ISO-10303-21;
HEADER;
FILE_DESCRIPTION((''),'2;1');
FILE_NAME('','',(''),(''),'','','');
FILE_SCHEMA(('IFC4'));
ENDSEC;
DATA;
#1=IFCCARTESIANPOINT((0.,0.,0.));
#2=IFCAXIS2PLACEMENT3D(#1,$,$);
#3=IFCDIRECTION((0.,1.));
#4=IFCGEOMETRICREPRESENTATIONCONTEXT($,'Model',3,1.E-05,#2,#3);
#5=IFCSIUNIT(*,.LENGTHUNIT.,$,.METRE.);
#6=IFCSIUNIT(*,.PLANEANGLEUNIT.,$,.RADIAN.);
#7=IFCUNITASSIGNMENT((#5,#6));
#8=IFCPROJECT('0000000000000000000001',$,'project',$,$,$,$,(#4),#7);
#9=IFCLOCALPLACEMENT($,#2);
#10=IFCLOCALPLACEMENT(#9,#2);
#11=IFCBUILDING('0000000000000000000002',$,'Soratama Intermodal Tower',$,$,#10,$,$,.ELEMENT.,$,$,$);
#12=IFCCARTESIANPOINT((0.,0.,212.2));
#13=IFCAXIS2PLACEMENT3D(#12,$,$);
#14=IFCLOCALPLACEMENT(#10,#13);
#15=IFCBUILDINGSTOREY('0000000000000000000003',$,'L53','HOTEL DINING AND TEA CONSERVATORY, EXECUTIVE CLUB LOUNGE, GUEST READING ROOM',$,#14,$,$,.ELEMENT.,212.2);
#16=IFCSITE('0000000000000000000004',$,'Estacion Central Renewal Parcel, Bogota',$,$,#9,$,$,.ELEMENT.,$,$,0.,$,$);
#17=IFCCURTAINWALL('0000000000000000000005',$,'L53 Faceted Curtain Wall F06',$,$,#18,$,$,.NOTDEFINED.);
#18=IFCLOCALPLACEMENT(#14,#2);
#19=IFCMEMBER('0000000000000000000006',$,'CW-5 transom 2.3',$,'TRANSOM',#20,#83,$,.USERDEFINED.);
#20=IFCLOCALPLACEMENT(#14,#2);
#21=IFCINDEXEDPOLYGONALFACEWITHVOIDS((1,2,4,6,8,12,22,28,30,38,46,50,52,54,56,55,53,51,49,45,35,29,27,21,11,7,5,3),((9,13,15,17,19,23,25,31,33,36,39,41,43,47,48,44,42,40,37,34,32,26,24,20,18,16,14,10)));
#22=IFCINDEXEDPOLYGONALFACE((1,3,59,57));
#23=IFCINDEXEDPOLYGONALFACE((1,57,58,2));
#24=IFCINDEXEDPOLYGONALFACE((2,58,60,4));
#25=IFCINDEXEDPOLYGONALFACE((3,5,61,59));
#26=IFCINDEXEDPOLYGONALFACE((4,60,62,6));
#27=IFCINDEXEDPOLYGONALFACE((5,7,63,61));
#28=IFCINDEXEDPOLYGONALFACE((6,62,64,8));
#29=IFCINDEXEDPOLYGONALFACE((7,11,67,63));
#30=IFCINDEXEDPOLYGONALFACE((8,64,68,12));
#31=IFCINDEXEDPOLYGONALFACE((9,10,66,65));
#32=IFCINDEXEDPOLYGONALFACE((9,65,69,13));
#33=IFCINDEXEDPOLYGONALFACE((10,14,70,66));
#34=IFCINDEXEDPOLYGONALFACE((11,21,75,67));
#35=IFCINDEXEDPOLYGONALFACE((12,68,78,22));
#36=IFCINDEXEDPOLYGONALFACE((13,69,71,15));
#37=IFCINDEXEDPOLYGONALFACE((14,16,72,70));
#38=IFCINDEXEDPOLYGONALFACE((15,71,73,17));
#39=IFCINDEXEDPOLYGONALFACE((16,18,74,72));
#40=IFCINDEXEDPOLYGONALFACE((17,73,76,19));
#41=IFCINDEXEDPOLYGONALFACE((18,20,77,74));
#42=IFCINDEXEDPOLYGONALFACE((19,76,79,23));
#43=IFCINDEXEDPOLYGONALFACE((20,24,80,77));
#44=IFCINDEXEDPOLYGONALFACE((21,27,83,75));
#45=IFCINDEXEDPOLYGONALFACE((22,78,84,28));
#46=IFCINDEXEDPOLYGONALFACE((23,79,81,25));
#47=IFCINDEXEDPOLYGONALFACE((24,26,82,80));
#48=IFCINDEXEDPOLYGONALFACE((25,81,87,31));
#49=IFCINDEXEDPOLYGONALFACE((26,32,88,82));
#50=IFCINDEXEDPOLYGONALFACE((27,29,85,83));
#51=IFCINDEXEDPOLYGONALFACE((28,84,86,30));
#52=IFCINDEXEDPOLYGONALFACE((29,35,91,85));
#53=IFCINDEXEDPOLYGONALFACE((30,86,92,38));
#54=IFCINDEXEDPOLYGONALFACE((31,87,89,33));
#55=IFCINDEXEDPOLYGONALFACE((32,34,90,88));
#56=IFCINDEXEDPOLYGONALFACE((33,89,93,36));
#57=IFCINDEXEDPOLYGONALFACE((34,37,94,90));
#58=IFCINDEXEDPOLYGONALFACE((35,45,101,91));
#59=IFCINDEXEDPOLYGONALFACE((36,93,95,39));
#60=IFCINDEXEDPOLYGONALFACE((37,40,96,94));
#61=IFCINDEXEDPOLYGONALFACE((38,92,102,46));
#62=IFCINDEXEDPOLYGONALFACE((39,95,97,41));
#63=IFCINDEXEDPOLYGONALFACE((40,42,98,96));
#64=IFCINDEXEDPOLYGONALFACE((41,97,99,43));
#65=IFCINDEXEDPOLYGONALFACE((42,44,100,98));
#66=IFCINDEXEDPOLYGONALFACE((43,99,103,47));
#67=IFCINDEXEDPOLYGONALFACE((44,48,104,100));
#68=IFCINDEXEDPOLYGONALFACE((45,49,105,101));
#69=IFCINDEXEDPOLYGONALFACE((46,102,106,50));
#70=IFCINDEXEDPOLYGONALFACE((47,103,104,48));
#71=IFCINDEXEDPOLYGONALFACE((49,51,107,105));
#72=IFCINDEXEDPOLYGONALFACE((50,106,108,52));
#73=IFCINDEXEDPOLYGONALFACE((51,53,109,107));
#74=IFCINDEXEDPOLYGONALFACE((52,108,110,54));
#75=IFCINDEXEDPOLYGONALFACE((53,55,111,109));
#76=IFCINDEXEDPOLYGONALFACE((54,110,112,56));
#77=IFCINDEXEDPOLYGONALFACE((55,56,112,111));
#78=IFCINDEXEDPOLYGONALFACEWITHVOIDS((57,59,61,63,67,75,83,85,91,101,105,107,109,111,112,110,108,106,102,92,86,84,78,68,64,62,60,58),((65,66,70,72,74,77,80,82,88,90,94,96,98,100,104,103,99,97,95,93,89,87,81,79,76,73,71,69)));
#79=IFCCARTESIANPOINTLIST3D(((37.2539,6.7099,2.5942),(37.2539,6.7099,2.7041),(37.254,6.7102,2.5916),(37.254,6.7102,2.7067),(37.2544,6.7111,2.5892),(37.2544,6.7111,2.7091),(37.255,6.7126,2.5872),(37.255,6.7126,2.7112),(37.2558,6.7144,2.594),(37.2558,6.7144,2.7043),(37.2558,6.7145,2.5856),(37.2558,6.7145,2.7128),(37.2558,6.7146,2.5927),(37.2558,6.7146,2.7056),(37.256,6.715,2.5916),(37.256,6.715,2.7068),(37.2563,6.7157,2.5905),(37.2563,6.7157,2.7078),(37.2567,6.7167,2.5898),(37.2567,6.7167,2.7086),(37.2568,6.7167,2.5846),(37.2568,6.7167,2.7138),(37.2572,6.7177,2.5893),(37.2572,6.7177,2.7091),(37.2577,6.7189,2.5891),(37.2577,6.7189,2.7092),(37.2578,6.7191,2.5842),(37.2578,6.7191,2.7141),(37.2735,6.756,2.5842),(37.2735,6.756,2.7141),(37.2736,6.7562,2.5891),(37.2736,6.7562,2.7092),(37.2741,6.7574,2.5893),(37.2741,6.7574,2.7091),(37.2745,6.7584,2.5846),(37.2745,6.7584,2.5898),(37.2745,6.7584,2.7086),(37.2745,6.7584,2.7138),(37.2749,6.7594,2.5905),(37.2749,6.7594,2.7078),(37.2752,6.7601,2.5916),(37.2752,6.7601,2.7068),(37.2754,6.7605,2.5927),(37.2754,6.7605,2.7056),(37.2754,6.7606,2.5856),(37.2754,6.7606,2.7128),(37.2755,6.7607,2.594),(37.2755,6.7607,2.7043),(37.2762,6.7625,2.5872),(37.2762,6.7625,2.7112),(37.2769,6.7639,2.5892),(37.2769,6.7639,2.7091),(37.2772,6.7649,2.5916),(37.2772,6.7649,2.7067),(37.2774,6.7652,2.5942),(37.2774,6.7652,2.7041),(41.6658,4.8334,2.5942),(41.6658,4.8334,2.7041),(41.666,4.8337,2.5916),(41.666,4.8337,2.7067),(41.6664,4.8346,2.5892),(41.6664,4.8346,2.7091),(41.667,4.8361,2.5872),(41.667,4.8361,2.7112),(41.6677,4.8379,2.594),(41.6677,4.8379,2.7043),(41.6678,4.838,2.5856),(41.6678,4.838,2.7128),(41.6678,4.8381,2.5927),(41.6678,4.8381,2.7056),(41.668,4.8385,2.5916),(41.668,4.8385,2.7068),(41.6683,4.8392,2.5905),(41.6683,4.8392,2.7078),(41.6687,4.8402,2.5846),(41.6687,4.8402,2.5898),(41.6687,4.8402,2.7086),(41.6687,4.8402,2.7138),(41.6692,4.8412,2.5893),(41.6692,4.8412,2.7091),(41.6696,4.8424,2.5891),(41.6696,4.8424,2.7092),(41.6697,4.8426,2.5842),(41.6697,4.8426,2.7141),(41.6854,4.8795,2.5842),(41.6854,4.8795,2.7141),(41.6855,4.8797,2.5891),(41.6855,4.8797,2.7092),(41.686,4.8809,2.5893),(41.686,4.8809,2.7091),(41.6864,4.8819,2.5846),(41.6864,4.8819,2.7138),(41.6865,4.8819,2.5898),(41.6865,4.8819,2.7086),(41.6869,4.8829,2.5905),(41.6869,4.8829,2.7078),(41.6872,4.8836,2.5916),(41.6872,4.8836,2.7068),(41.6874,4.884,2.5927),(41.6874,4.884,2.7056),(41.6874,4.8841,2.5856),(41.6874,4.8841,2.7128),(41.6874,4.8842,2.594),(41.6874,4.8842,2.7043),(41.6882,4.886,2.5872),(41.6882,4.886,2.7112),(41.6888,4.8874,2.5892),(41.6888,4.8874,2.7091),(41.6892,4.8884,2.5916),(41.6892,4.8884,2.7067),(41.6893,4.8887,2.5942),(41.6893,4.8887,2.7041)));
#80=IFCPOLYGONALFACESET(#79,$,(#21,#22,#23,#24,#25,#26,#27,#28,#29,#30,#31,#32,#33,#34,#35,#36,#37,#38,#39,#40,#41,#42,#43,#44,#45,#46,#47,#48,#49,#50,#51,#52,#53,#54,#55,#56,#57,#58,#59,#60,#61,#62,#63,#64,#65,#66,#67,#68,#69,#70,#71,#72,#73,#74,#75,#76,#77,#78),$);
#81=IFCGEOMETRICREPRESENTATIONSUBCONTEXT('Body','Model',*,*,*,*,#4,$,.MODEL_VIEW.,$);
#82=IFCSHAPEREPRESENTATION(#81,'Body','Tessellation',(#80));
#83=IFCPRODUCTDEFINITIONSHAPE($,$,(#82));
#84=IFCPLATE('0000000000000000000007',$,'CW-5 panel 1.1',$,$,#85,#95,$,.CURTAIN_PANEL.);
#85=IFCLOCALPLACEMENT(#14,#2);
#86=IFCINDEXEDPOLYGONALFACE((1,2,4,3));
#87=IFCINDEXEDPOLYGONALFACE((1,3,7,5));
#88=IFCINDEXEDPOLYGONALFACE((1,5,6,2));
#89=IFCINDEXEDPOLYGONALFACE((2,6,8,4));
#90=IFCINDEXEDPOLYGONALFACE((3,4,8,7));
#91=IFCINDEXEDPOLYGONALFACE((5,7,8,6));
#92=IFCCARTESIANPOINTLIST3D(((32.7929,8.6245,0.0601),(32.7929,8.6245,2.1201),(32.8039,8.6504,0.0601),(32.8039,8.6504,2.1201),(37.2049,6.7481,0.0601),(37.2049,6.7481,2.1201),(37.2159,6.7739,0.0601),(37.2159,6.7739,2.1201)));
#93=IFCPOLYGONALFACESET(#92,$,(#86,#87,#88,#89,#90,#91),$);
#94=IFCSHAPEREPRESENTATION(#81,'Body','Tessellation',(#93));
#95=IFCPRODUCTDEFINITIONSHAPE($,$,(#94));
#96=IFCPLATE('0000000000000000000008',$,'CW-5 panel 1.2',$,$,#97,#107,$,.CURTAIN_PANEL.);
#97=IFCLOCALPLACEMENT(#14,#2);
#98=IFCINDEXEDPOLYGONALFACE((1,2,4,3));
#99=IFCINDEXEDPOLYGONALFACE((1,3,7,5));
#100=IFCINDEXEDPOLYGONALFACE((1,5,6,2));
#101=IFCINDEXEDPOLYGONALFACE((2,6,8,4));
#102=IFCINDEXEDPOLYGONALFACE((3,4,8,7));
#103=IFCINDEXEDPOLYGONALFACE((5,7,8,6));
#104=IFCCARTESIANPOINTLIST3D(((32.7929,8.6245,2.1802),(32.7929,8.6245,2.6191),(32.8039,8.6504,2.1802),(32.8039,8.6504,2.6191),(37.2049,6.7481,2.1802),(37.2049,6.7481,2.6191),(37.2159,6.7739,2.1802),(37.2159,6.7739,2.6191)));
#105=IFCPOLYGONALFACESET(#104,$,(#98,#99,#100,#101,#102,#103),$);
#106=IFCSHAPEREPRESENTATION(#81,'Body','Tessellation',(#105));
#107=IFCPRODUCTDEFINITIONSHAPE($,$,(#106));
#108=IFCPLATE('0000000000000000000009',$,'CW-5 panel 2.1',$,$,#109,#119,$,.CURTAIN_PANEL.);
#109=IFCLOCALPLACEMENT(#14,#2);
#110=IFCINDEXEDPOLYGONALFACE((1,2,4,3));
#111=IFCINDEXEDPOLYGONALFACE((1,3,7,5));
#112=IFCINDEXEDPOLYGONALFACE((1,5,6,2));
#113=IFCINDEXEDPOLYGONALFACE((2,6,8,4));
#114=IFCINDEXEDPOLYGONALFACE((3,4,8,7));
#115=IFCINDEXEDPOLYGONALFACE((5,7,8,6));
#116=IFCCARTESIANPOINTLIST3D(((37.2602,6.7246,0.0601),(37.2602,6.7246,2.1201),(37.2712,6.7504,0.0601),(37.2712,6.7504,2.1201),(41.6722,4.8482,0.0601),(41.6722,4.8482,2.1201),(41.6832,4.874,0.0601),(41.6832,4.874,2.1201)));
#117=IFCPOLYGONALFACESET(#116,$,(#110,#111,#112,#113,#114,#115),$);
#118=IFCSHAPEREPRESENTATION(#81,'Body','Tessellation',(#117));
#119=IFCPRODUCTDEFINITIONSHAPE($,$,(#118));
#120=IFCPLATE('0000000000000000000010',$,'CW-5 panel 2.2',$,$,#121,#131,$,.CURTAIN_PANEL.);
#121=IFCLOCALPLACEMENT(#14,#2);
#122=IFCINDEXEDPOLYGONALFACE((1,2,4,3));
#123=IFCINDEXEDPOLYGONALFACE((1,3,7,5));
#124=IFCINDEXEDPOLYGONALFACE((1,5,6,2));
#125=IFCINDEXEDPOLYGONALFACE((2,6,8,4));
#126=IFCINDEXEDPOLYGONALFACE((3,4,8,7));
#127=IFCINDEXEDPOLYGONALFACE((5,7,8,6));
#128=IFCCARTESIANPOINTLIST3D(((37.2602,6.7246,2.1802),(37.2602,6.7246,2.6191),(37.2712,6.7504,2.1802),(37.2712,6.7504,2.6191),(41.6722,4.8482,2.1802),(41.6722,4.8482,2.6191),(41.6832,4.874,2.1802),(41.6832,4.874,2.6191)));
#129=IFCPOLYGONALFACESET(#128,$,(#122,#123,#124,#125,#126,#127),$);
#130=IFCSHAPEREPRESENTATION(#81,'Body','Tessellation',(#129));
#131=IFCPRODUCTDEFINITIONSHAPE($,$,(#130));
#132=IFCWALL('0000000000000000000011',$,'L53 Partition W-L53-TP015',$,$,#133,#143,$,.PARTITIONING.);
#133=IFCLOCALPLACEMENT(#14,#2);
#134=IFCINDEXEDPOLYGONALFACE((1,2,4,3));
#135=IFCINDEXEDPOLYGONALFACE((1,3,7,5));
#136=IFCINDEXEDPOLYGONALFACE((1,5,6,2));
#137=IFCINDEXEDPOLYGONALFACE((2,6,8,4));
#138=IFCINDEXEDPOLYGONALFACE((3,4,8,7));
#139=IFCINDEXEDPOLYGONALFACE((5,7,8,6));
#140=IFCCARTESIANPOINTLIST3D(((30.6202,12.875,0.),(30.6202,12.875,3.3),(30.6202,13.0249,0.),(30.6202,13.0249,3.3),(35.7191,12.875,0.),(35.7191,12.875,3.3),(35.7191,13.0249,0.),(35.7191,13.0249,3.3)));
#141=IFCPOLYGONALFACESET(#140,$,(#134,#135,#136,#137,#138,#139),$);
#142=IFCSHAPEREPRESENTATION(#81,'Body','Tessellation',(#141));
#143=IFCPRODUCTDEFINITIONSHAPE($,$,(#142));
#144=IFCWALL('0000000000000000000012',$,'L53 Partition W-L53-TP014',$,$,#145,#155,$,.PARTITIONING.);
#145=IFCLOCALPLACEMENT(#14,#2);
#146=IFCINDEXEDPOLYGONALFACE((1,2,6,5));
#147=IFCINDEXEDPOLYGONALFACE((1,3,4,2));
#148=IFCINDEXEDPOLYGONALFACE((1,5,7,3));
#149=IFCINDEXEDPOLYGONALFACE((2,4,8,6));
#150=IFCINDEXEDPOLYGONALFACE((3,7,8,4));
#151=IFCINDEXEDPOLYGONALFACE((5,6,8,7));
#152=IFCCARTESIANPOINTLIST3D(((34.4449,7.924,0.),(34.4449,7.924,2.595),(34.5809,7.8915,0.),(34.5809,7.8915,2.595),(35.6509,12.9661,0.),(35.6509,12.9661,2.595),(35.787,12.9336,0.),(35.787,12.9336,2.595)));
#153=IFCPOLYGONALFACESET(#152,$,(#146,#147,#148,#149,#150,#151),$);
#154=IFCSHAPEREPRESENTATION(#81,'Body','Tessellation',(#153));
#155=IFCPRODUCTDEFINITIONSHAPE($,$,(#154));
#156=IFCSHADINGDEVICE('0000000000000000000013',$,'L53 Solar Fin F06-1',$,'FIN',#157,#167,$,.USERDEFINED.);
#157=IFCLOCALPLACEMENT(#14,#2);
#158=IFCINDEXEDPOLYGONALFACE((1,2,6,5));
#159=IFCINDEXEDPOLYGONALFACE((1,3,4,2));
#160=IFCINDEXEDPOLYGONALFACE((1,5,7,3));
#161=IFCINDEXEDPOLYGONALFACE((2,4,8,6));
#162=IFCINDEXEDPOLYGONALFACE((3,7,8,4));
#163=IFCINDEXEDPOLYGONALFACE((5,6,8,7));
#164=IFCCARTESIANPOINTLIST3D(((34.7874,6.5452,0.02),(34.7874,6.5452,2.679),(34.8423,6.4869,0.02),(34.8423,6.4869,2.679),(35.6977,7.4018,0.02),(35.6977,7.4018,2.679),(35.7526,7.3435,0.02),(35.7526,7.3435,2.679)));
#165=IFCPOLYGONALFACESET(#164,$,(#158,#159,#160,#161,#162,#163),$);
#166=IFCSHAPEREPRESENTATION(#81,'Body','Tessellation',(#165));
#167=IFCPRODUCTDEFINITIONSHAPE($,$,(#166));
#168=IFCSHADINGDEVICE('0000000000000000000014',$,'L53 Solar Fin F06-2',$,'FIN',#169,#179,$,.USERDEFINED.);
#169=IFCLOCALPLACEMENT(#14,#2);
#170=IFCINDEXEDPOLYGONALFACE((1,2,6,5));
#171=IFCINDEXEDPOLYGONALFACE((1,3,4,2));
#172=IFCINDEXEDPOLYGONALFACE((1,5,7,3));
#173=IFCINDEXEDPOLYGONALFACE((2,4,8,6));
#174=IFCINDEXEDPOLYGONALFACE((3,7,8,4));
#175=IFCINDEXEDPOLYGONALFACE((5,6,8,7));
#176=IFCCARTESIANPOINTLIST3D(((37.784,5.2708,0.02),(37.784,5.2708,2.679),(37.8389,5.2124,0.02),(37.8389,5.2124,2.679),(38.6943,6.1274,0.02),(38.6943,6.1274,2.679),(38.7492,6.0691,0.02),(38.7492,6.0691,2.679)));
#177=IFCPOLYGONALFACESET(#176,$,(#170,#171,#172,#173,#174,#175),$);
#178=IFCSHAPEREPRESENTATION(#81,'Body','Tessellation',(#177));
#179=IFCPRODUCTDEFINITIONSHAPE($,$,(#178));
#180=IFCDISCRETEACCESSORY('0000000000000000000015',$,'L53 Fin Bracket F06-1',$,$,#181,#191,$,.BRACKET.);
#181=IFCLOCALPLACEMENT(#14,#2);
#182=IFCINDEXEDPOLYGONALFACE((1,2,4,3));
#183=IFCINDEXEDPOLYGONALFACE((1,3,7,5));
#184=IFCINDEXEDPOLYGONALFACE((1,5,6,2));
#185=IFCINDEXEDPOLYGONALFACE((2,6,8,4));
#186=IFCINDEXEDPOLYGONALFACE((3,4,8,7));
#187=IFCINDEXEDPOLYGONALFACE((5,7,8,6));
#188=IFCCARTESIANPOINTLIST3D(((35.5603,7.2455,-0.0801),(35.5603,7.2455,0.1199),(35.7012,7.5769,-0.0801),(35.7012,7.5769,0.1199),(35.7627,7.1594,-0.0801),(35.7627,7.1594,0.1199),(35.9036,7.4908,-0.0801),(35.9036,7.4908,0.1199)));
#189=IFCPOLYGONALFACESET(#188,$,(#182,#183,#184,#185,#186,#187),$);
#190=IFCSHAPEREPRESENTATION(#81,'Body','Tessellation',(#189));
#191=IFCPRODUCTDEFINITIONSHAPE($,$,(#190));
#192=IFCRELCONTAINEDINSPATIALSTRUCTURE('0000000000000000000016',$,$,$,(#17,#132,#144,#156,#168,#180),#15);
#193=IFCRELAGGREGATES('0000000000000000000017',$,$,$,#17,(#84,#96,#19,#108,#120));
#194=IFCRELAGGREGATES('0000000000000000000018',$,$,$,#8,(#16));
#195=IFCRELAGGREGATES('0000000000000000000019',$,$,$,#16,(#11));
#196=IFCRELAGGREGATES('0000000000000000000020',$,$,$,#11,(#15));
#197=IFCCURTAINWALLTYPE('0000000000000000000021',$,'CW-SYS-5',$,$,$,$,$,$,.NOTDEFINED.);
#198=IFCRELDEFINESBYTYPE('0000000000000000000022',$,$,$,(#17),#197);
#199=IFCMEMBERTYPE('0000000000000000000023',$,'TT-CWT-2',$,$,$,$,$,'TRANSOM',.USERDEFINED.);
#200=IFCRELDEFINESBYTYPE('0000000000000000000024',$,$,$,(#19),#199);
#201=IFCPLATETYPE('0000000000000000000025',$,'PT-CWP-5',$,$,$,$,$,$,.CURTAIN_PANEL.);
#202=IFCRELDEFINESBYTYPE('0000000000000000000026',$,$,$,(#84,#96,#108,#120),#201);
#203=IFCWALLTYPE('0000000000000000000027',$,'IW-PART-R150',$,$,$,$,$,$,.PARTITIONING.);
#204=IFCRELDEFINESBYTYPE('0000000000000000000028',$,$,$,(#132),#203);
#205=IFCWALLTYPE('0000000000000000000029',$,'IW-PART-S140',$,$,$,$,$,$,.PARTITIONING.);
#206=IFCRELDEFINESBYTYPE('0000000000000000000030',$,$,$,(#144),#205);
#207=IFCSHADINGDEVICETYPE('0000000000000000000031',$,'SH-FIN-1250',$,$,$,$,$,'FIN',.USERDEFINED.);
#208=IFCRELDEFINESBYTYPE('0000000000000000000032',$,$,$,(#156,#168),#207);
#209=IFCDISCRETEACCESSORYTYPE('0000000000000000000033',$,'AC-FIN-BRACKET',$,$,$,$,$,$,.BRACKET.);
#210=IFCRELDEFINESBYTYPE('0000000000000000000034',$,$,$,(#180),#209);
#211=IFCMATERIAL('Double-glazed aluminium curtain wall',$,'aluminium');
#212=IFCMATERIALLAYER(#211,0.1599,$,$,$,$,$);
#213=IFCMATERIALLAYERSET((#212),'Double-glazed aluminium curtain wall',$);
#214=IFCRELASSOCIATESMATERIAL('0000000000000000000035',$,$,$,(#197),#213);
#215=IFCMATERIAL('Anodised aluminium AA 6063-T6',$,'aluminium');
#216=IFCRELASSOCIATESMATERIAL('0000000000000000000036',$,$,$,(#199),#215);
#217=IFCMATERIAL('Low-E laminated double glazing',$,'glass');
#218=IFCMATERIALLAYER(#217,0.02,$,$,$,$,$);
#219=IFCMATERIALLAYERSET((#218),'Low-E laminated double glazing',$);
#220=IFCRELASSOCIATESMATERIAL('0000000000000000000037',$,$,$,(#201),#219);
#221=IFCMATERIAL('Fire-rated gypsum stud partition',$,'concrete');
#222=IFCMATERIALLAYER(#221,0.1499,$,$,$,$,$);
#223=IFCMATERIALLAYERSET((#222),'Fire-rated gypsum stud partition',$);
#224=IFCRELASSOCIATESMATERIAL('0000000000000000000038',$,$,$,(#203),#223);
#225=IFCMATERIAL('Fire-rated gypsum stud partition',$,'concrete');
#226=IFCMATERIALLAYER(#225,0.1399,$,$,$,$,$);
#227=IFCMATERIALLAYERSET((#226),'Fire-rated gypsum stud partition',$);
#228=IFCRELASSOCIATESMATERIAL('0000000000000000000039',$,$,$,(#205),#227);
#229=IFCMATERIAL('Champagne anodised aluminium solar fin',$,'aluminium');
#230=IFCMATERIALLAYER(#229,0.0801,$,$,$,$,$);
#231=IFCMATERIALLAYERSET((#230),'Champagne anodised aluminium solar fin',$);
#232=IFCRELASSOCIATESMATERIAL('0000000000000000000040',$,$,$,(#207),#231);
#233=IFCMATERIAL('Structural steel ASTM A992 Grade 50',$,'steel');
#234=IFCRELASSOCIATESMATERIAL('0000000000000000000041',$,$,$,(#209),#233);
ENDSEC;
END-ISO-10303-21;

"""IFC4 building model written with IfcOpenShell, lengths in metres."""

from ifc_helpers import new_model, si_unit, direction, frame, frame_2d, origin, origin_2d, place, context, subcontext, project, spatial, rectangle, hollow_rectangle, extrude, material, layer, layer_set, material_profile, profile_set, type_object, element, aggregate, save


model = new_model("IFC4")

# Units and contexts
model_context = context("Model", 3, precision=1e-05, world=origin(), true_north=direction((0.0, 1.0)))
body_context = subcontext(model_context, "Body", "Model", "MODEL_VIEW")
ifc_project = project(units=[si_unit("LENGTHUNIT", "METRE"), si_unit("PLANEANGLEUNIT", "RADIAN")], contexts=[model_context])

# Site, building, storey
site_placement = place(None, origin())
site = spatial("IfcSite", under=ifc_project, at=site_placement, Name="Estacion Central Renewal Parcel, Bogota", CompositionType="ELEMENT", RefElevation=0.0)
building_placement = place(site_placement, origin())
building = spatial("IfcBuilding", under=site, at=building_placement, Name="Soratama Intermodal Tower", CompositionType="ELEMENT")
storey_placement = place(building_placement, frame((0.0, 0.0, 212.2)))
storey = spatial("IfcBuildingStorey", under=building, at=storey_placement, Name="L53", Description="HOTEL DINING AND TEA CONSERVATORY, EXECUTIVE CLUB LOUNGE, GUEST READING ROOM", CompositionType="ELEMENT", Elevation=212.2)

# Curtain wall, member, plates
ifc_material_1 = material(Name="Double-glazed aluminium curtain wall", Category="aluminium")
ifc_layer_1 = layer(ifc_material_1, 0.1599)
ifc_layer_set_1 = layer_set([ifc_layer_1], Name="Double-glazed aluminium curtain wall")
curtain_wall_type = type_object("IfcCurtainWallType", Name="CW-SYS-5", PredefinedType="NOTDEFINED", material=ifc_layer_set_1)
curtain_wall_placement = place(storey_placement, origin())
curtain_wall = element("IfcCurtainWall", 1, at=curtain_wall_placement, inside=storey, type_object=curtain_wall_type, Name="L53 Faceted Curtain Wall F06", PredefinedType="NOTDEFINED")
ifc_material_2 = material(Name="Anodised aluminium AA 6063-T6", Category="aluminium")
ifc_material_profile_1 = material_profile(ifc_material_2, hollow_rectangle(XDim=0.0601, YDim=0.1299, WallThickness=0.0049, InnerFilletRadius=0.0049, OuterFilletRadius=0.01, at=origin_2d()), Name="CWT130X60X5")
ifc_profile_set_1 = profile_set([ifc_material_profile_1], Name="Anodised aluminium AA 6063-T6")
member_type_1 = type_object("IfcMemberType", Name="TT-CWT-2", ElementType="TRANSOM", PredefinedType="USERDEFINED", material=ifc_profile_set_1)
member_1_placement = place(storey_placement, frame((37.2656, 6.7375, 2.6492), z_axis=(0.920224, -0.391392, 0.0), x_axis=(0.391392, 0.920224, 0.0)))
member_1 = element("IfcMember", 2, at=member_1_placement, type_object=member_type_1, Name="CW-5 transom 2.3", ObjectType="TRANSOM", PredefinedType="USERDEFINED", context=body_context, shape_type="SweptSolid", body=[
    extrude(hollow_rectangle(XDim=0.0601, YDim=0.1299, WallThickness=0.0049, InnerFilletRadius=0.0049, OuterFilletRadius=0.01, at=origin_2d()), origin(), (0.0, 0.0, 1.0), 4.7944),
])
ifc_material_3 = material(Name="Low-E laminated double glazing", Category="glass")
ifc_layer_2 = layer(ifc_material_3, 0.02)
ifc_layer_set_2 = layer_set([ifc_layer_2], Name="Low-E laminated double glazing")
plate_type = type_object("IfcPlateType", Name="PT-CWP-5", PredefinedType="CURTAIN_PANEL", material=ifc_layer_set_2)
plate_1_placement = place(storey_placement, frame((35.0044, 7.6992, 0.0601), z_axis=(0.0, 0.0, 1.0), x_axis=(0.920231, -0.391376, 0.0)))
plate_1 = element("IfcPlate", 3, at=plate_1_placement, type_object=plate_type, Name="CW-5 panel 1.1", PredefinedType="CURTAIN_PANEL", context=body_context, shape_type="SweptSolid", body=[
    extrude(rectangle(XDim=4.7944, YDim=0.0281, at=origin_2d()), origin(), (0.0, 0.0, 1.0), 2.0601),
])
plate_2_placement = place(storey_placement, frame((35.0044, 7.6992, 2.1802), z_axis=(0.0, 0.0, 1.0), x_axis=(0.920231, -0.391376, 0.0)))
plate_2 = element("IfcPlate", 4, at=plate_2_placement, type_object=plate_type, Name="CW-5 panel 1.2", PredefinedType="CURTAIN_PANEL", context=body_context, shape_type="SweptSolid", body=[
    extrude(rectangle(XDim=4.7944, YDim=0.0281, at=origin_2d()), origin(), (0.0, 0.0, 1.0), 0.439),
])
plate_3_placement = place(storey_placement, frame((39.4717, 5.7993, 0.0601), z_axis=(0.0, 0.0, 1.0), x_axis=(0.920231, -0.391376, 0.0)))
plate_3 = element("IfcPlate", 5, at=plate_3_placement, type_object=plate_type, Name="CW-5 panel 2.1", PredefinedType="CURTAIN_PANEL", context=body_context, shape_type="SweptSolid", body=[
    extrude(rectangle(XDim=4.7944, YDim=0.0281, at=origin_2d()), origin(), (0.0, 0.0, 1.0), 2.0601),
])
plate_4_placement = place(storey_placement, frame((39.4717, 5.7993, 2.1802), z_axis=(0.0, 0.0, 1.0), x_axis=(0.920231, -0.391376, 0.0)))
plate_4 = element("IfcPlate", 6, at=plate_4_placement, type_object=plate_type, Name="CW-5 panel 2.2", PredefinedType="CURTAIN_PANEL", context=body_context, shape_type="SweptSolid", body=[
    extrude(rectangle(XDim=4.7944, YDim=0.0281, at=origin_2d()), origin(), (0.0, 0.0, 1.0), 0.439),
])
aggregate(curtain_wall, [plate_1, plate_2, member_1, plate_3, plate_4])

# Walls
ifc_material_4 = material(Name="Fire-rated gypsum stud partition", Category="concrete")
ifc_layer_3 = layer(ifc_material_4, 0.1499)
ifc_layer_set_3 = layer_set([ifc_layer_3], Name="Fire-rated gypsum stud partition")
wall_type_1 = type_object("IfcWallType", Name="IW-PART-R150", PredefinedType="PARTITIONING", material=ifc_layer_set_3)
wall_1_placement = place(storey_placement, frame((35.719, 12.95, 0.0), z_axis=(0.0, 0.0, 1.0), x_axis=(-1.0, 0.0, 0.0)))
element("IfcWall", 7, at=wall_1_placement, inside=storey, type_object=wall_type_1, Name="L53 Partition W-L53-TP015", PredefinedType="PARTITIONING", context=body_context, shape_type="SweptSolid", body=[
    extrude(rectangle(XDim=5.0989, YDim=0.1499, at=frame_2d((2.5493, 0.0))), origin(), (0.0, 0.0, 1.0), 3.3),
])
ifc_material_5 = material(Name="Fire-rated gypsum stud partition", Category="concrete")
ifc_layer_4 = layer(ifc_material_5, 0.1399)
ifc_layer_set_4 = layer_set([ifc_layer_4], Name="Fire-rated gypsum stud partition")
wall_type_2 = type_object("IfcWallType", Name="IW-PART-S140", PredefinedType="PARTITIONING", material=ifc_layer_set_4)
wall_2_placement = place(storey_placement, frame((35.719, 12.95, 0.0), z_axis=(0.0, 0.0, 1.0), x_axis=(-0.232639, -0.972563, 0.0)))
element("IfcWall", 8, at=wall_2_placement, inside=storey, type_object=wall_type_2, Name="L53 Partition W-L53-TP014", PredefinedType="PARTITIONING", context=body_context, shape_type="SweptSolid", body=[
    extrude(rectangle(XDim=5.1843, YDim=0.1399, at=frame_2d((2.5923, 0.0))), origin(), (0.0, 0.0, 1.0), 2.595),
])

# Shading devices
ifc_material_6 = material(Name="Champagne anodised aluminium solar fin", Category="aluminium")
ifc_layer_5 = layer(ifc_material_6, 0.0801)
ifc_layer_set_5 = layer_set([ifc_layer_5], Name="Champagne anodised aluminium solar fin")
shading_device_type = type_object("IfcShadingDeviceType", Name="SH-FIN-1250", ElementType="FIN", PredefinedType="USERDEFINED", material=ifc_layer_set_5)
for number, where, z_axis, x_axis, name in (
    (9, (35.27, 6.9443, 0.02), (0.0, 0.0, 1.0), (-0.728251, -0.68531, 0.0), "L53 Solar Fin F06-1"),
    (10, (38.2666, 5.6699, 0.02), (0.0, 0.0, 1.0), (-0.728251, -0.68531, 0.0), "L53 Solar Fin F06-2"),
):
    element("IfcShadingDevice", number, at=place(storey_placement, frame(where, z_axis=z_axis, x_axis=x_axis)), inside=storey, type_object=shading_device_type, Name=name, ObjectType="FIN", PredefinedType="USERDEFINED", context=body_context, shape_type="SweptSolid", body=[
        extrude(rectangle(XDim=1.25, YDim=0.0801, at=origin_2d()), origin(), (0.0, 0.0, 1.0), 2.6589),
    ])

# Discrete accessory
ifc_material_7 = material(Name="Structural steel ASTM A992 Grade 50", Category="steel")
discrete_accessory_type = type_object("IfcDiscreteAccessoryType", Name="AC-FIN-BRACKET", PredefinedType="BRACKET", material=ifc_material_7)
for number, where, z_axis, x_axis, name in (
    (11, (35.7319, 7.3682, -0.0801), (0.0, 0.0, 1.0), (-0.391374, -0.920232, 0.0), "L53 Fin Bracket F06-1"),
):
    element("IfcDiscreteAccessory", number, at=place(storey_placement, frame(where, z_axis=z_axis, x_axis=x_axis)), inside=storey, type_object=discrete_accessory_type, Name=name, PredefinedType="BRACKET", context=body_context, shape_type="SweptSolid", body=[
        extrude(rectangle(XDim=0.3601, YDim=0.22, at=origin_2d()), origin(), (0.0, 0.0, 1.0), 0.2),
    ])

save(model, "model.ifc")
